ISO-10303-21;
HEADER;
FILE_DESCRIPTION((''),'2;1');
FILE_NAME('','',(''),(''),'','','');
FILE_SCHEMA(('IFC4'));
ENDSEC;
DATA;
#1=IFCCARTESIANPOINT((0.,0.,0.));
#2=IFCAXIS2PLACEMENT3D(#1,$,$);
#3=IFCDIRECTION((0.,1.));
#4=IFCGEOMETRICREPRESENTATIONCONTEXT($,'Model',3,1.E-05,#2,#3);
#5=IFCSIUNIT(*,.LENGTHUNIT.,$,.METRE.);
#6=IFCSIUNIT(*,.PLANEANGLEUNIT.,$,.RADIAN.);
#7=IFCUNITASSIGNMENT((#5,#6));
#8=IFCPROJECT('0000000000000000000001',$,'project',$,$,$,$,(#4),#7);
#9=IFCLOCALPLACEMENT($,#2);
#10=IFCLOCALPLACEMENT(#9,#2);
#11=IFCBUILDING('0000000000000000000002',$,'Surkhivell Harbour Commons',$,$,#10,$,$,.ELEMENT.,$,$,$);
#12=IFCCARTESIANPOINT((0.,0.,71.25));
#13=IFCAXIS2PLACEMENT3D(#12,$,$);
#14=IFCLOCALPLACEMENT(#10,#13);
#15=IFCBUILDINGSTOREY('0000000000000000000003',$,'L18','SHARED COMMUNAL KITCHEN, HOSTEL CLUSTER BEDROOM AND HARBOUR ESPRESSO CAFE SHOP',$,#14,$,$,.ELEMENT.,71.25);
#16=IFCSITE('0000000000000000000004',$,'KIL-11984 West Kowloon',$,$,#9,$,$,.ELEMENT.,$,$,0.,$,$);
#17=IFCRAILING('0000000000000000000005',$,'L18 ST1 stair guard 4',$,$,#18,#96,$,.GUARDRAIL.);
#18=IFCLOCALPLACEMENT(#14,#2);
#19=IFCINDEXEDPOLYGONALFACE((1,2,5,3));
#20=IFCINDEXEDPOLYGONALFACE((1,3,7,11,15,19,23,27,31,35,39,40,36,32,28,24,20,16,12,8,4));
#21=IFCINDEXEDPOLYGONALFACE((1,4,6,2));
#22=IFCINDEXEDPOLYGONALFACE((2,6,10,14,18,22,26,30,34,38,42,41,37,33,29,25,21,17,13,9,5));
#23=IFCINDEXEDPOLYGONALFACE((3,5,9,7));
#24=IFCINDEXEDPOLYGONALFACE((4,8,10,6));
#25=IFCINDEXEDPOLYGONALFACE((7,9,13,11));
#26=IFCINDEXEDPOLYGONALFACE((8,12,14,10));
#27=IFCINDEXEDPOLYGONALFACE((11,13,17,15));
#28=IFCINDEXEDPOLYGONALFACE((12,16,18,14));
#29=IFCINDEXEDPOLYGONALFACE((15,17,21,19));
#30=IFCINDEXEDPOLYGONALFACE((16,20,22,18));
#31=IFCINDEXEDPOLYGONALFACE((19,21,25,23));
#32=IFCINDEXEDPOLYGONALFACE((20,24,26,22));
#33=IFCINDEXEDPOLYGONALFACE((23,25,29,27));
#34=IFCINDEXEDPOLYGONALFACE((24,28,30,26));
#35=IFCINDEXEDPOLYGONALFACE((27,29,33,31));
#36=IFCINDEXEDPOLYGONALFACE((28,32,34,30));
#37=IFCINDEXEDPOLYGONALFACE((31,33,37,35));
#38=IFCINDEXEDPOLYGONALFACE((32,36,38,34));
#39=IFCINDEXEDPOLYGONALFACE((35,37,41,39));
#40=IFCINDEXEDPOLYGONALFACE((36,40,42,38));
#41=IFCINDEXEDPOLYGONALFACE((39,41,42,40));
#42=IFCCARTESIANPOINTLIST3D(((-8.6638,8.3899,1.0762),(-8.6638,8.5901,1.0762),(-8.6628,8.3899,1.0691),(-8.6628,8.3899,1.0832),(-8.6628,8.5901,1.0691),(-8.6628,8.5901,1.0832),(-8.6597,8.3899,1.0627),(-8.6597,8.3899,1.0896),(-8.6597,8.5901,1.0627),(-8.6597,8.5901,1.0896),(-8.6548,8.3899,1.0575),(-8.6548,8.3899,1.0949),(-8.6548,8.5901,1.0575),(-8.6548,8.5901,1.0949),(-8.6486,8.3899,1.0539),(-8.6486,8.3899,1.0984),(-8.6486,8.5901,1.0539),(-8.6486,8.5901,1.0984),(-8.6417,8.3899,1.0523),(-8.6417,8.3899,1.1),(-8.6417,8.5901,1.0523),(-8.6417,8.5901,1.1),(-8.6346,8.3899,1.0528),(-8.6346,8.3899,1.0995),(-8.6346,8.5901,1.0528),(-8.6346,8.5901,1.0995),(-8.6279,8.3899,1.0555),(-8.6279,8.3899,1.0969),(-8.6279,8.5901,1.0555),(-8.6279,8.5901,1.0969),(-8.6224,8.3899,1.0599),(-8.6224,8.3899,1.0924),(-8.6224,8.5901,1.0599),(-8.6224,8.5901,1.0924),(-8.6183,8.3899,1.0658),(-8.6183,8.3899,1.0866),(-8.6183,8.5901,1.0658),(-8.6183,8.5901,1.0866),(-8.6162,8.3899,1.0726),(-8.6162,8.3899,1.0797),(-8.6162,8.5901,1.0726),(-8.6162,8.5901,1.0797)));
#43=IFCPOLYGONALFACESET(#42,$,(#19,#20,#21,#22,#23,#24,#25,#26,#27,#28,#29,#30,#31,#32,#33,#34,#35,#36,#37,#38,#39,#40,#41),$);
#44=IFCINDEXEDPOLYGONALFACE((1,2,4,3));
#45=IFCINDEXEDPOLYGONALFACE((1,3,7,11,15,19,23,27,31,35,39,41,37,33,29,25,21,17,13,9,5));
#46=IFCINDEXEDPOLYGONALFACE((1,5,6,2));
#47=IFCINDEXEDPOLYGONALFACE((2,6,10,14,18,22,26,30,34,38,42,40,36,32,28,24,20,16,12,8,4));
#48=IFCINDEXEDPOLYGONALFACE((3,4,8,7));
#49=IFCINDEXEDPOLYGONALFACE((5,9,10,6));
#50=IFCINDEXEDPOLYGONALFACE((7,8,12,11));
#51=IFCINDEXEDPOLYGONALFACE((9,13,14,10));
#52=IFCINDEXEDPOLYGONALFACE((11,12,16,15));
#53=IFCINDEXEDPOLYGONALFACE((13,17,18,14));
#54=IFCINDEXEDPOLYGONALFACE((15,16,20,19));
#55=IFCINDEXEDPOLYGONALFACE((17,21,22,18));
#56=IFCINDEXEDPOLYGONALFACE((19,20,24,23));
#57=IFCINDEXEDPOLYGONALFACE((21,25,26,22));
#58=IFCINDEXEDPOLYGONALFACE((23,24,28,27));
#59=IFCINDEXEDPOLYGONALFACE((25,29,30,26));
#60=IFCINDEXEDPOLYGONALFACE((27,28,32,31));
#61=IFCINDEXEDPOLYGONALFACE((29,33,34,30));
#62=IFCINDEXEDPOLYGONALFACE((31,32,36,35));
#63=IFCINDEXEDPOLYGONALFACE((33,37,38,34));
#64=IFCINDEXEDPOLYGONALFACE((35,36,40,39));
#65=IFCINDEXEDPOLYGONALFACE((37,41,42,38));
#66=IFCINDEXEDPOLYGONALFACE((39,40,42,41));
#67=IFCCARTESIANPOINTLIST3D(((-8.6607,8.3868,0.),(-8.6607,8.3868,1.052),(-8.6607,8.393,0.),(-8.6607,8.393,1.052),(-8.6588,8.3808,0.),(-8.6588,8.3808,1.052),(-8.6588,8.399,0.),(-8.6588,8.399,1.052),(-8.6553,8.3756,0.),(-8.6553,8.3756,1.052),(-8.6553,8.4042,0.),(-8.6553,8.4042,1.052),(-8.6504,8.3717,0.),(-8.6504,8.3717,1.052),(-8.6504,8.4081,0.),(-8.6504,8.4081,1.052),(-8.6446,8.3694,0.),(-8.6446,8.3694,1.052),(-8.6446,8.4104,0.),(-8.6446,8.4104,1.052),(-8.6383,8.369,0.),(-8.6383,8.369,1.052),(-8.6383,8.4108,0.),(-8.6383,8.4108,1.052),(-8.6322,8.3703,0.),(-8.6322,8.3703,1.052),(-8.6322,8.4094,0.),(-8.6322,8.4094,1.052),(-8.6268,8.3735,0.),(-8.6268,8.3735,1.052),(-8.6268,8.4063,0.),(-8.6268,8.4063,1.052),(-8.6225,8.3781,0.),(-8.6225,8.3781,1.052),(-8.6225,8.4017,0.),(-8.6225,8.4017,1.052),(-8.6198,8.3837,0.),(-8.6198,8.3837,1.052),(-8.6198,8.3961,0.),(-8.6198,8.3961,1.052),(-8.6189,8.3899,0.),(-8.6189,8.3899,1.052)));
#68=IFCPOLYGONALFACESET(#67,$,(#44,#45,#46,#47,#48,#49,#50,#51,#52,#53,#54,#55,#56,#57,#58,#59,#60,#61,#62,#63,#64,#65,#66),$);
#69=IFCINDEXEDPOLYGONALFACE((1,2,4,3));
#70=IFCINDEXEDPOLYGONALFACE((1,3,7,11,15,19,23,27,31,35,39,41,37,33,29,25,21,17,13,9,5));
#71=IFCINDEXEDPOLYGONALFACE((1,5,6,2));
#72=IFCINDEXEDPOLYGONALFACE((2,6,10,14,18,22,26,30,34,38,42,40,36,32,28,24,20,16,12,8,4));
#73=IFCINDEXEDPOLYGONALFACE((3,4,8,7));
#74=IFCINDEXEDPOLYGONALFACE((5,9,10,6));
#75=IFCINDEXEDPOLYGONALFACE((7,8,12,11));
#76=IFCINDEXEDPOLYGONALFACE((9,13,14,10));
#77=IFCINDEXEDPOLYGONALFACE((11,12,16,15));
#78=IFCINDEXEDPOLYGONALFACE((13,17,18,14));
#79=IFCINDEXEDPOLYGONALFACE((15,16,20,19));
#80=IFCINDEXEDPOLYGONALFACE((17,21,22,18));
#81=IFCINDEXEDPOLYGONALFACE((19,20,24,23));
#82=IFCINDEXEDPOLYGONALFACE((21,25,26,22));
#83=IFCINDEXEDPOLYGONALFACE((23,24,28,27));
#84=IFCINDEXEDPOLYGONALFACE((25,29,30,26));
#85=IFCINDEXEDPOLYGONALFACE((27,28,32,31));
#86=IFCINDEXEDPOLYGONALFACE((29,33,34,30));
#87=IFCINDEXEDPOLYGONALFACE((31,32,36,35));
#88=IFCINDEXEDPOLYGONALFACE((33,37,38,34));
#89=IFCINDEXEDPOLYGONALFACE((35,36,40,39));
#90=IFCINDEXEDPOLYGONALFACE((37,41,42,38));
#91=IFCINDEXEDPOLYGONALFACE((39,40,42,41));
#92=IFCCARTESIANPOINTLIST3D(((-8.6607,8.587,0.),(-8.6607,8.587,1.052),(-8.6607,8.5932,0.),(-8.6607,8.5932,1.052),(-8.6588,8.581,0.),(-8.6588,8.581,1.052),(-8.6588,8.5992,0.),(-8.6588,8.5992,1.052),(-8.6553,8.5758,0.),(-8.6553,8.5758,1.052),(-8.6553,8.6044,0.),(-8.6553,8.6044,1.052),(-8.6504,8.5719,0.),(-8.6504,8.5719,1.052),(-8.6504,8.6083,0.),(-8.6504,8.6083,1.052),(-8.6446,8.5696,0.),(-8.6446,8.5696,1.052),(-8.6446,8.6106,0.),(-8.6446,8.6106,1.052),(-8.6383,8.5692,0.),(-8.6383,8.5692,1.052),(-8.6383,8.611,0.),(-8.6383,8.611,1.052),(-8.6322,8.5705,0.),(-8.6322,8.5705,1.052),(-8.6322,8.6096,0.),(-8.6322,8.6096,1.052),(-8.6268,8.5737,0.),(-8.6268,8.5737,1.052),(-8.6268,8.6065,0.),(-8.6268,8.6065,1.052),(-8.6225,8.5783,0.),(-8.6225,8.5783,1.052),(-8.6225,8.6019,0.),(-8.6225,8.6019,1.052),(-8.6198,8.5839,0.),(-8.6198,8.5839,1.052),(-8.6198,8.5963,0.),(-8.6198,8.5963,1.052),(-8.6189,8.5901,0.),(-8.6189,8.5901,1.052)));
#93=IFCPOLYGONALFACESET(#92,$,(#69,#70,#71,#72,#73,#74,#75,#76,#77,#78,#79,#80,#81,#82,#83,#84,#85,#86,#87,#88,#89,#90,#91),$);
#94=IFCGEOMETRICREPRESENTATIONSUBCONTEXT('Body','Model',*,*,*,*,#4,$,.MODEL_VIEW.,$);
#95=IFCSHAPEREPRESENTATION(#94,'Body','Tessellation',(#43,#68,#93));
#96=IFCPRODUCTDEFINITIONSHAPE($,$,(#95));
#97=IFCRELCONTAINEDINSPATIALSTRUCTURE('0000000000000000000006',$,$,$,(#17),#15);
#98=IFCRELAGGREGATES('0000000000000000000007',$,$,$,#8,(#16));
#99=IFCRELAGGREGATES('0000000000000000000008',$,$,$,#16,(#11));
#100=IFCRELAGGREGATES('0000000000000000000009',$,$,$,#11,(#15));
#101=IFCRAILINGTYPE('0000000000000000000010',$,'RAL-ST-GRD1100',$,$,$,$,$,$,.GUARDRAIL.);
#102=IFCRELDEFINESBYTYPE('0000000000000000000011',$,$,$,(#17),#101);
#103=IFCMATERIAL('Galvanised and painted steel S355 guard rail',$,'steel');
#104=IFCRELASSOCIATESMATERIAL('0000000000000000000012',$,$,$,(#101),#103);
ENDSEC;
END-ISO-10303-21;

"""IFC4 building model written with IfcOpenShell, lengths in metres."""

from ifc_helpers import new_model, si_unit, direction, frame, origin, origin_2d, place, context, subcontext, project, spatial, circle, extrude, material, type_object, element, save


model = new_model("IFC4")

# Units and contexts
model_context = context("Model", 3, precision=1e-05, world=origin(), true_north=direction((0.0, 1.0)))
body_context = subcontext(model_context, "Body", "Model", "MODEL_VIEW")
ifc_project = project(units=[si_unit("LENGTHUNIT", "METRE"), si_unit("PLANEANGLEUNIT", "RADIAN")], contexts=[model_context])

# Site, building, storey
site_placement = place(None, origin())
site = spatial("IfcSite", under=ifc_project, at=site_placement, Name="KIL-11984 West Kowloon", CompositionType="ELEMENT", RefElevation=0.0)
building_placement = place(site_placement, origin())
building = spatial("IfcBuilding", under=site, at=building_placement, Name="Surkhivell Harbour Commons", CompositionType="ELEMENT")
storey_placement = place(building_placement, frame((0.0, 0.0, 71.25)))
storey = spatial("IfcBuildingStorey", under=building, at=storey_placement, Name="L18", Description="SHARED COMMUNAL KITCHEN, HOSTEL CLUSTER BEDROOM AND HARBOUR ESPRESSO CAFE SHOP", CompositionType="ELEMENT", Elevation=71.25)

# Railing
ifc_material_1 = material(Name="Galvanised and painted steel S355 guard rail", Category="steel")
railing_type_1 = type_object("IfcRailingType", Name="RAL-ST-GRD1100", PredefinedType="GUARDRAIL", material=ifc_material_1)
railing_1_placement = place(storey_placement, frame((-8.6399, 8.3899, 0.0)))
element("IfcRailing", 1, at=railing_1_placement, inside=storey, type_object=railing_type_1, Name="L18 ST1 stair guard 4", PredefinedType="GUARDRAIL", context=body_context, shape_type="SweptSolid", body=[
    extrude(circle(Radius=0.0239, at=origin_2d()), frame((0.0, 0.0, 1.0762), z_axis=(0.0, 1.0, 0.0), x_axis=(-1.0, 0.0, 0.0)), (0.0, 0.0, 1.0), 0.2002),
    extrude(circle(Radius=0.021, at=origin_2d()), origin(), (0.0, 0.0, 1.0), 1.052),
    extrude(circle(Radius=0.021, at=origin_2d()), frame((0.0, 0.2002, 0.0)), (0.0, 0.0, 1.0), 1.052),
])

save(model, "model.ifc")
